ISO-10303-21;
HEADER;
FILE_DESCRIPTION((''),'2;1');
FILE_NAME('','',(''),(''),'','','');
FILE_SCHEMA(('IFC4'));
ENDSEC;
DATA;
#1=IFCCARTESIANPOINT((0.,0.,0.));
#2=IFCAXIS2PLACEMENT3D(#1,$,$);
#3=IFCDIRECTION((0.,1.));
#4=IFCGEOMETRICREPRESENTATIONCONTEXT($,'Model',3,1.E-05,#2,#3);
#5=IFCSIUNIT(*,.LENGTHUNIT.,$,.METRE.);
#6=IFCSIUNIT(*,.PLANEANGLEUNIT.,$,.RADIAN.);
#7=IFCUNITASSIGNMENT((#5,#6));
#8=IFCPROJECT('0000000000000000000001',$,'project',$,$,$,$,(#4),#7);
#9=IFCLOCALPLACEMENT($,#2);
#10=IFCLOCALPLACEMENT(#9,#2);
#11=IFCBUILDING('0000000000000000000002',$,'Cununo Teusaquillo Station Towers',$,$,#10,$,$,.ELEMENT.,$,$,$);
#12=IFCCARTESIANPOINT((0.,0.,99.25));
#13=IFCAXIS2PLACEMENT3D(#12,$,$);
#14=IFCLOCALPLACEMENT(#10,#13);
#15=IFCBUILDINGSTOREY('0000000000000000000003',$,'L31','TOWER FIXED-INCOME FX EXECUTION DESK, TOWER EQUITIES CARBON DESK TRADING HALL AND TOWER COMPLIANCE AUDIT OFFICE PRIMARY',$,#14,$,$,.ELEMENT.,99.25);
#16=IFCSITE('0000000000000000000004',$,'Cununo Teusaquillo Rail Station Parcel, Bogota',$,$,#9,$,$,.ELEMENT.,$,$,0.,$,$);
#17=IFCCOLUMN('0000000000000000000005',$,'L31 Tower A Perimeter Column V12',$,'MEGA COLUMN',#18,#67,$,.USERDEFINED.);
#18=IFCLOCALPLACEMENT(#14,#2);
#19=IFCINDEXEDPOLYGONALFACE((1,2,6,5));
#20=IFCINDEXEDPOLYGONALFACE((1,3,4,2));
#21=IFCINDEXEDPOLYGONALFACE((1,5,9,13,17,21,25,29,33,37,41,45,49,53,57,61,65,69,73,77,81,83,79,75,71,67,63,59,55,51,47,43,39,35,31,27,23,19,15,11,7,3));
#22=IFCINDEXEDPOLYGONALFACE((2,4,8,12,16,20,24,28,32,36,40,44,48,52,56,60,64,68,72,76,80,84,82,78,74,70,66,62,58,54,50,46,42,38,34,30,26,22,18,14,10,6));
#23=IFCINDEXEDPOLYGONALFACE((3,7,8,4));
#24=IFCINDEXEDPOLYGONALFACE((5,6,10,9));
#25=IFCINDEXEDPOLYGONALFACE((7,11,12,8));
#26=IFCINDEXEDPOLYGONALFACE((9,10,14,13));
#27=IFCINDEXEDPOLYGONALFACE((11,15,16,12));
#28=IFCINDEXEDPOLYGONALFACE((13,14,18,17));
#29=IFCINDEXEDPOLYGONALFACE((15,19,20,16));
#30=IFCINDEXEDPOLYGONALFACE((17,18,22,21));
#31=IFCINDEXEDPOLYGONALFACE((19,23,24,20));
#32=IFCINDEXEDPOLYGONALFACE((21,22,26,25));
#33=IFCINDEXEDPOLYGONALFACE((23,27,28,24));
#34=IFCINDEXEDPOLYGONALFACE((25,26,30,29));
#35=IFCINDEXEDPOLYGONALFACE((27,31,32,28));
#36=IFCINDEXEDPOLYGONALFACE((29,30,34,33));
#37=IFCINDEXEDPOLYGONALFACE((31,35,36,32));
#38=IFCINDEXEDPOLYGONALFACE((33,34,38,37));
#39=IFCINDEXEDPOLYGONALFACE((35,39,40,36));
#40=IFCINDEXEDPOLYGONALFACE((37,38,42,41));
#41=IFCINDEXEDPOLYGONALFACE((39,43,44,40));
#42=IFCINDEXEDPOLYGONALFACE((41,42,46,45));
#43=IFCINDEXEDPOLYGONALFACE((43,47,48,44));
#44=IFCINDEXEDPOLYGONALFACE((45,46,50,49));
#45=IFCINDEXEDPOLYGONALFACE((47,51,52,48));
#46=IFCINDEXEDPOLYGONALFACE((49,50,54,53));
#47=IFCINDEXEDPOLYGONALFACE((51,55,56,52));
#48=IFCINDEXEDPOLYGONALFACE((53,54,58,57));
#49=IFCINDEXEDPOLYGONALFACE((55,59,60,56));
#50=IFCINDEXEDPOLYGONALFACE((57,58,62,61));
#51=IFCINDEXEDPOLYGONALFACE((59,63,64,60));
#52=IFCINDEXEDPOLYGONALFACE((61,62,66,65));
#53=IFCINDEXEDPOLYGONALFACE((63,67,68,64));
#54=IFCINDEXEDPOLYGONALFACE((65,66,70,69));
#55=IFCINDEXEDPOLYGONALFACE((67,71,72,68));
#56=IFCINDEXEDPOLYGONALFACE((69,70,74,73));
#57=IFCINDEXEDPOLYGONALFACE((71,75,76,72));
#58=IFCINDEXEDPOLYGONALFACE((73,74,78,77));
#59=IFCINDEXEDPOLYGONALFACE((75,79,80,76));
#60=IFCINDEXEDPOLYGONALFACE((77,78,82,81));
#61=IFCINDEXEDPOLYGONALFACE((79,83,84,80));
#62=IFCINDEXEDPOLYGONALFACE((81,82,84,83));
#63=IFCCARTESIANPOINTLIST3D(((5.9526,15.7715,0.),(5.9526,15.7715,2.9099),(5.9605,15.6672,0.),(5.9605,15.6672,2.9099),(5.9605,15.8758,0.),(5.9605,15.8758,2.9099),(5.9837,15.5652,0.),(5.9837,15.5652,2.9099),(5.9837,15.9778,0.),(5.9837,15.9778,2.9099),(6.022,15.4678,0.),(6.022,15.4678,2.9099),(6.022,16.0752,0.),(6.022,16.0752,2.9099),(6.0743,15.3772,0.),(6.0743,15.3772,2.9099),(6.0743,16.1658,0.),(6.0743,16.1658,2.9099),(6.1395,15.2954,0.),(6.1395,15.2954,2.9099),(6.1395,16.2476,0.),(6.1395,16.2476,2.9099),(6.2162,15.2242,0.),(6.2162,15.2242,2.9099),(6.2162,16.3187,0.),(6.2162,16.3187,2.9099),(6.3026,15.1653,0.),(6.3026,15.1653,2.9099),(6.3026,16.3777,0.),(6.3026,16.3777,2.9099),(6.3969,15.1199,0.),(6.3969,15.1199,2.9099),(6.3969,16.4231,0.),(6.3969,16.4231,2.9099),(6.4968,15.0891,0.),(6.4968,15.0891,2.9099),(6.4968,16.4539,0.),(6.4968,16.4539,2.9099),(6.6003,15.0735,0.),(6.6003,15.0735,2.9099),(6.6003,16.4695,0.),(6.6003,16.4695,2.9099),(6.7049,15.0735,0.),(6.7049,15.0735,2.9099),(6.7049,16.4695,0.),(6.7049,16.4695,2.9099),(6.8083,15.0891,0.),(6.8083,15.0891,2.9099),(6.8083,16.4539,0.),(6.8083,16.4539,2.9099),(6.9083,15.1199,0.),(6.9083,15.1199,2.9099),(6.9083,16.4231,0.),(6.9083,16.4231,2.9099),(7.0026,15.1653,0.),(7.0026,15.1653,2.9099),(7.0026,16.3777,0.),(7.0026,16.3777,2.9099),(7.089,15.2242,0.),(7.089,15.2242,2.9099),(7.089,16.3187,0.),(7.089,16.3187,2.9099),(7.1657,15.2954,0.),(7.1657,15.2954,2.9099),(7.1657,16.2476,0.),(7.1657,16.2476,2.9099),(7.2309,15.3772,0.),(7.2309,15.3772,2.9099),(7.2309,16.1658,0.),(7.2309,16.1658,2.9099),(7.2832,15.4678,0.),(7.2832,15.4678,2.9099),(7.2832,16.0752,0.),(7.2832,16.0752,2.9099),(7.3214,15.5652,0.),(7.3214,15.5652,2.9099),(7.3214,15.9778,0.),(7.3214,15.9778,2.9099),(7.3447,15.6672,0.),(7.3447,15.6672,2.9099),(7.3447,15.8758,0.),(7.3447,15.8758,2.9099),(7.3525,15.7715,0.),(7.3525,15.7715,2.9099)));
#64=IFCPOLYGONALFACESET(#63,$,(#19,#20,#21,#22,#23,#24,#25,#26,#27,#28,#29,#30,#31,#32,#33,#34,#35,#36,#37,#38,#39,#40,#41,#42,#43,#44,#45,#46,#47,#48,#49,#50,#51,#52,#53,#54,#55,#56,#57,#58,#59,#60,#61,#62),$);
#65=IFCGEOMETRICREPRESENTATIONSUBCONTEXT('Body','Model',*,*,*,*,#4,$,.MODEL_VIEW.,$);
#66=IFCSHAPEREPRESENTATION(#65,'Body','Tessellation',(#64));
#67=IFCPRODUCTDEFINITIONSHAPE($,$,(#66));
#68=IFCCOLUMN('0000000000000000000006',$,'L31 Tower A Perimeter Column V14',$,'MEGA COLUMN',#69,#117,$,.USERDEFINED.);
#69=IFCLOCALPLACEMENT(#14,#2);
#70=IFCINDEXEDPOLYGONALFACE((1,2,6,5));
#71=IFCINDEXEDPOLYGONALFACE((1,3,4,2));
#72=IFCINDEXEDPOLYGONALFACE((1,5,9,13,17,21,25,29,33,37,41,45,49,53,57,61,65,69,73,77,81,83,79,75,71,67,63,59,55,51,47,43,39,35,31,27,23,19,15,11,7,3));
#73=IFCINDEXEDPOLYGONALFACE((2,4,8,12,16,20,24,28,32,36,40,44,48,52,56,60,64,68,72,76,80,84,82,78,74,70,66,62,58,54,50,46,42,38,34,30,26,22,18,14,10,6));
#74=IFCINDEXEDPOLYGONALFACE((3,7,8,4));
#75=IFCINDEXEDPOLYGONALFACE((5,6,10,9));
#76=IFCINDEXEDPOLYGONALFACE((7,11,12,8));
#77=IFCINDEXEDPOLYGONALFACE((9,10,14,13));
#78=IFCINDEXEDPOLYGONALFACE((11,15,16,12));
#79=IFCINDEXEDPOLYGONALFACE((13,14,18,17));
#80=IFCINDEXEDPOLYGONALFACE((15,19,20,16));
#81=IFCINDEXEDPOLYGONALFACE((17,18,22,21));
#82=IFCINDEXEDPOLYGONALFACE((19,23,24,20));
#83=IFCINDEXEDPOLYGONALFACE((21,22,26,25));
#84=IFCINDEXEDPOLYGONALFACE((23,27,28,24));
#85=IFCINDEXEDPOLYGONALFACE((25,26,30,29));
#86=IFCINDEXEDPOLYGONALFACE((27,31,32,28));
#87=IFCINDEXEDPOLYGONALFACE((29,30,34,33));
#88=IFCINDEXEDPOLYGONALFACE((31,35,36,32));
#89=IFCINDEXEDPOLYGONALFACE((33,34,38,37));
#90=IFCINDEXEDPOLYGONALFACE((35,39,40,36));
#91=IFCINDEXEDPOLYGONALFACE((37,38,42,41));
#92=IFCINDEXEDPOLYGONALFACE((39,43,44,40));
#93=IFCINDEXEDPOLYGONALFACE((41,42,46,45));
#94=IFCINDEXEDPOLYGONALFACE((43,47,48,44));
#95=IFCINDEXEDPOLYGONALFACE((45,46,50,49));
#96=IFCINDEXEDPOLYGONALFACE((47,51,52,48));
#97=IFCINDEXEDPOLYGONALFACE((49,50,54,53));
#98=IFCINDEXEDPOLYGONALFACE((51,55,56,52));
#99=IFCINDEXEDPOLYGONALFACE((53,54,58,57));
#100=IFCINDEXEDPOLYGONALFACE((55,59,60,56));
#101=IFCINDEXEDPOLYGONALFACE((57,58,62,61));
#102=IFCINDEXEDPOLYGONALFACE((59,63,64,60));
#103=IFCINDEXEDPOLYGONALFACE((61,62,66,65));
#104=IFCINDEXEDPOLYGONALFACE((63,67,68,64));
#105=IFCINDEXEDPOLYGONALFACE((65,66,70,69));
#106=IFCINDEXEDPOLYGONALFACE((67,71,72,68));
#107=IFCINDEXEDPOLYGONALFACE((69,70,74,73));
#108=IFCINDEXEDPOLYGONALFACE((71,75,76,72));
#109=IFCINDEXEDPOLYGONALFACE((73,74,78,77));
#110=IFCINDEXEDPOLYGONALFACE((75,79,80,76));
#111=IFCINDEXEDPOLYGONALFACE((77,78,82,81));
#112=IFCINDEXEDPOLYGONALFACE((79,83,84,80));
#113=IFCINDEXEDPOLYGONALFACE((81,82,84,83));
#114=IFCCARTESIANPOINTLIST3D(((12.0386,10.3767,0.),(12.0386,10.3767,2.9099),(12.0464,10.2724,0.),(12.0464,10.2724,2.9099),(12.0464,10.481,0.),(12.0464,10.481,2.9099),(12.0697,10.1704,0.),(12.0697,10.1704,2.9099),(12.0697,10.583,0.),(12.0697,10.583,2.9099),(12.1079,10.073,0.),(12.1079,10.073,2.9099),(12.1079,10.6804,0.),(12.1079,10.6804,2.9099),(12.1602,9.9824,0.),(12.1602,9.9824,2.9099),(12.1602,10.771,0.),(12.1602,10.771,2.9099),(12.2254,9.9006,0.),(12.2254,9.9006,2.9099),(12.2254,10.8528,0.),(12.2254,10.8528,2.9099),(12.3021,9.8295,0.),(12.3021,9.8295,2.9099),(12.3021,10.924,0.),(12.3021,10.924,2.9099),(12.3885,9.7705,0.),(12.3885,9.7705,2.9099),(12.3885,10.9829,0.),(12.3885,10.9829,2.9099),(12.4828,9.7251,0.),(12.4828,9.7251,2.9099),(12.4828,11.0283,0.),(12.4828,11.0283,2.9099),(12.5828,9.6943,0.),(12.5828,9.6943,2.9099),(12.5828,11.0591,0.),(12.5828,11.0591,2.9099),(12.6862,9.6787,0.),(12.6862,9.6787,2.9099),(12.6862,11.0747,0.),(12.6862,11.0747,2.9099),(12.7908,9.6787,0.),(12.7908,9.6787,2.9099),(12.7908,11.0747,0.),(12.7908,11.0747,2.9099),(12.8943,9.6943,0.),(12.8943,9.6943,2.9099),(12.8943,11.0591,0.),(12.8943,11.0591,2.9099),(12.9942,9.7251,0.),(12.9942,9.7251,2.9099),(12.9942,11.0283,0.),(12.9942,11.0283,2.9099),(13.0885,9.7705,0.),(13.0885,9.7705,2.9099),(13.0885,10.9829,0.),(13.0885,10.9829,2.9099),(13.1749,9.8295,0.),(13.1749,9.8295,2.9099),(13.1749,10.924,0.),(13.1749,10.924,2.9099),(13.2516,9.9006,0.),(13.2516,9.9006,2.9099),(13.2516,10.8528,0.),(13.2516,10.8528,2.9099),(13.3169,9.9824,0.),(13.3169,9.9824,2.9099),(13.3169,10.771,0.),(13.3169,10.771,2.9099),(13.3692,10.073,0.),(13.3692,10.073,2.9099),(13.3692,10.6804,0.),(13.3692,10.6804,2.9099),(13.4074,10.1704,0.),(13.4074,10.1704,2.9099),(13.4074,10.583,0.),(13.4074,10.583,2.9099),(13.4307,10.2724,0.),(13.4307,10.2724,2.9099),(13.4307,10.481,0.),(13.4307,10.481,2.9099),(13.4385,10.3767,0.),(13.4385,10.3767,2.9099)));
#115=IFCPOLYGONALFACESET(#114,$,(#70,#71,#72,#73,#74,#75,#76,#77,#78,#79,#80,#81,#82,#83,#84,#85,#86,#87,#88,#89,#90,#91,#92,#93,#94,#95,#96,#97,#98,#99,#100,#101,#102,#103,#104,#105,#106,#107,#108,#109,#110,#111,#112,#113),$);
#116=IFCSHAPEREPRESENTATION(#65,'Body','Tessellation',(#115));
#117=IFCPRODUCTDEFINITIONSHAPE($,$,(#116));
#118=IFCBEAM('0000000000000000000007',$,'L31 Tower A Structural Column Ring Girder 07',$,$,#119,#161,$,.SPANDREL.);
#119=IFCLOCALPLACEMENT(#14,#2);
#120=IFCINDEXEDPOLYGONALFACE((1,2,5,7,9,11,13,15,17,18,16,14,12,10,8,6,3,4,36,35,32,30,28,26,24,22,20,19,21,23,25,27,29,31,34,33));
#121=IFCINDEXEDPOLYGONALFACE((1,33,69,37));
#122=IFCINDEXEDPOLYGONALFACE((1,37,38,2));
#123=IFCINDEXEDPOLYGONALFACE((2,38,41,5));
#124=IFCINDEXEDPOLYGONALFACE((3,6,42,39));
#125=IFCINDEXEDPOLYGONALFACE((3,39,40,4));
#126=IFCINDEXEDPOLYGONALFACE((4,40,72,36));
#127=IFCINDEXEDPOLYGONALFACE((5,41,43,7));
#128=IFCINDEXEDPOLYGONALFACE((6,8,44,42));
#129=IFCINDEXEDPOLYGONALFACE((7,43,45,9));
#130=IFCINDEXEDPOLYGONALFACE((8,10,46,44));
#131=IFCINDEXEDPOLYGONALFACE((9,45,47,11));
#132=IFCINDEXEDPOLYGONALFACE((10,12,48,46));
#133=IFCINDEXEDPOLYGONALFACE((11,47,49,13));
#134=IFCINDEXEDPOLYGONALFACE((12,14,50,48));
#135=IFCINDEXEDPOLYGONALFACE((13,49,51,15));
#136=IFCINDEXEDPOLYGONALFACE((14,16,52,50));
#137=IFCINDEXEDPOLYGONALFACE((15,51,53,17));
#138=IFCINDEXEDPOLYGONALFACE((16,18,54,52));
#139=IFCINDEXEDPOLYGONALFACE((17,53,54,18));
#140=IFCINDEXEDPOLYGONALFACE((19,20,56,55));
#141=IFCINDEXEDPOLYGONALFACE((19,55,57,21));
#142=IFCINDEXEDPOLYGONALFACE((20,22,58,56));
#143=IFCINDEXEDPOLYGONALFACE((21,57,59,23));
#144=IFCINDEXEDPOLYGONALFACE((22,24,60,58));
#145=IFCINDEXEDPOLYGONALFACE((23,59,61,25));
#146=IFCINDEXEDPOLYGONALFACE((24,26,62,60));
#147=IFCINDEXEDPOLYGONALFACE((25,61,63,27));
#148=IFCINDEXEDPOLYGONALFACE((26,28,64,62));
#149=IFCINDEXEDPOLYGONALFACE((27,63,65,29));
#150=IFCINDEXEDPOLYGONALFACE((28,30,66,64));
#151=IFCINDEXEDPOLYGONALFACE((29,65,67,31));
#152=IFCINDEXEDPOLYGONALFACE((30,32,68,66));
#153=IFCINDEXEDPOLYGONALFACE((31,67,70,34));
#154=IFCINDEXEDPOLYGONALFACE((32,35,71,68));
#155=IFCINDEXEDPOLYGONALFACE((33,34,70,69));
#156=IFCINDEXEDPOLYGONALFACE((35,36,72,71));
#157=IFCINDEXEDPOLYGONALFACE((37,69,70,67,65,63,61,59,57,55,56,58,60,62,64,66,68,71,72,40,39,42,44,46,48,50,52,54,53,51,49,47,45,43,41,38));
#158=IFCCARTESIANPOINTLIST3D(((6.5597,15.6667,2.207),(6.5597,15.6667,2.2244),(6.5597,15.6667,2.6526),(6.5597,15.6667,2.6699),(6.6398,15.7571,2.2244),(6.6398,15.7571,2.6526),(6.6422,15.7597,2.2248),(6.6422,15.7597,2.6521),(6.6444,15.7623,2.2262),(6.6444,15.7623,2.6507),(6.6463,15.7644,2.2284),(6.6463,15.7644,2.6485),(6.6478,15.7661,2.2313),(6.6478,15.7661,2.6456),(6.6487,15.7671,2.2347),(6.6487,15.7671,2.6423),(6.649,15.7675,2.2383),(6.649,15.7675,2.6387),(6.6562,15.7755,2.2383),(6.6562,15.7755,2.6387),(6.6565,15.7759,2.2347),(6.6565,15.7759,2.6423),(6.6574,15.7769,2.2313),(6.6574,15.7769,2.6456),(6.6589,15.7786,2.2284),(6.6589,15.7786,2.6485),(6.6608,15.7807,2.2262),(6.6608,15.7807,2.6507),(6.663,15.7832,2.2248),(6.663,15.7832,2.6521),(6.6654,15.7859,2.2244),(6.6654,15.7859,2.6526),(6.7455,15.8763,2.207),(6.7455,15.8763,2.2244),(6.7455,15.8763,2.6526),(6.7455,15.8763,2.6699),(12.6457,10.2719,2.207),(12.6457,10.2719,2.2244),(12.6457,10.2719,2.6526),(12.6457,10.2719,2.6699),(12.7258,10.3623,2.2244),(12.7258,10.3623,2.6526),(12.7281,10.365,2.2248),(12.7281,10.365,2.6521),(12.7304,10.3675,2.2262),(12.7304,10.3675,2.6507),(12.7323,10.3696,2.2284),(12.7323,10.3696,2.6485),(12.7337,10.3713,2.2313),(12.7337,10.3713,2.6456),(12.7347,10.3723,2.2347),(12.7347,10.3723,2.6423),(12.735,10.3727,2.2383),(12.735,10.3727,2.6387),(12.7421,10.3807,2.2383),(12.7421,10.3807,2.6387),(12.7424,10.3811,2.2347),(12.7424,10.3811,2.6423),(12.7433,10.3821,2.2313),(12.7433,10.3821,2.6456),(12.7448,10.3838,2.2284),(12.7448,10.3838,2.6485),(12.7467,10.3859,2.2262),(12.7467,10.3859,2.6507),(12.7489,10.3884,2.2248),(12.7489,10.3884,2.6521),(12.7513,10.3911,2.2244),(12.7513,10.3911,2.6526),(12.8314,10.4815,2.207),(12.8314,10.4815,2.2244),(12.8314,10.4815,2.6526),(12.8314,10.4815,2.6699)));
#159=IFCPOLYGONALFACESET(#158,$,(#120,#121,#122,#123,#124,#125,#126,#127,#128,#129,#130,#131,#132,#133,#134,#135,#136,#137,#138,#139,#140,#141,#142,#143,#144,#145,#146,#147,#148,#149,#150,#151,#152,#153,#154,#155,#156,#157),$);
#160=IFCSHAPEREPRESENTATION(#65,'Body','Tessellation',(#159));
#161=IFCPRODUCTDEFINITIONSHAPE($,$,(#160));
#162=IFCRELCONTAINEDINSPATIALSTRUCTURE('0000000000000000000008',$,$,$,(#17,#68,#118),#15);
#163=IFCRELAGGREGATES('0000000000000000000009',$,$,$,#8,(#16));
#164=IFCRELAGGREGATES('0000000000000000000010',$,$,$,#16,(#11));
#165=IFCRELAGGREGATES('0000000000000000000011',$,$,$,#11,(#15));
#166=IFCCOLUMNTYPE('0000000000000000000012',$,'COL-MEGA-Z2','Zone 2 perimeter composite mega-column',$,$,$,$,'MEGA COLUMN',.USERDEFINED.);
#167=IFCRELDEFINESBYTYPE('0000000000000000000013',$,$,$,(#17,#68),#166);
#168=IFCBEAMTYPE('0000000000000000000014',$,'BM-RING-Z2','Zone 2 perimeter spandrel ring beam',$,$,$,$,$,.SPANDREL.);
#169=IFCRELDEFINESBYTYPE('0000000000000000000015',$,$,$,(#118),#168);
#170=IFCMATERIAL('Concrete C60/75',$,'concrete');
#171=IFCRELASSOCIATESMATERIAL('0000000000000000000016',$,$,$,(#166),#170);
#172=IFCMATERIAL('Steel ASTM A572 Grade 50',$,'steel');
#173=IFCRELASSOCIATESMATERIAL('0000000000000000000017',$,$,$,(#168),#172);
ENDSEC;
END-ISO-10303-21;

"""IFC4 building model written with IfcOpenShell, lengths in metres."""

from ifc_helpers import new_model, si_unit, direction, frame, origin, origin_2d, place, context, subcontext, project, spatial, circle, i_section, extrude, material, material_profile, profile_set, type_object, element, save


model = new_model("IFC4")

# Units and contexts
model_context = context("Model", 3, precision=1e-05, world=origin(), true_north=direction((0.0, 1.0)))
body_context = subcontext(model_context, "Body", "Model", "MODEL_VIEW")
ifc_project = project(units=[si_unit("LENGTHUNIT", "METRE"), si_unit("PLANEANGLEUNIT", "RADIAN")], contexts=[model_context])

# Site, building, storey
site_placement = place(None, origin())
site = spatial("IfcSite", under=ifc_project, at=site_placement, Name="Cununo Teusaquillo Rail Station Parcel, Bogota", CompositionType="ELEMENT", RefElevation=0.0)
building_placement = place(site_placement, origin())
building = spatial("IfcBuilding", under=site, at=building_placement, Name="Cununo Teusaquillo Station Towers", CompositionType="ELEMENT")
storey_placement = place(building_placement, frame((0.0, 0.0, 99.25)))
storey = spatial("IfcBuildingStorey", under=building, at=storey_placement, Name="L31", Description="TOWER FIXED-INCOME FX EXECUTION DESK, TOWER EQUITIES CARBON DESK TRADING HALL AND TOWER COMPLIANCE AUDIT OFFICE PRIMARY", CompositionType="ELEMENT", Elevation=99.25)

# Columns
ifc_material_1 = material(Name="Concrete C60/75", Category="concrete")
ifc_material_profile_1 = material_profile(ifc_material_1, circle(Radius=0.7, at=origin_2d()), Name="RC-CIRC-1400")
ifc_profile_set_1 = profile_set([ifc_material_profile_1], Name="Concrete C60/75")
column_type = type_object("IfcColumnType", Name="COL-MEGA-Z2", Description="Zone 2 perimeter composite mega-column", ElementType="MEGA COLUMN", PredefinedType="USERDEFINED", material=ifc_profile_set_1)
for number, where, z_axis, x_axis, name in (
    (1, (6.6526, 15.7715, 0.0), (0.0, 0.0, 1.0), (1.0, 0.0, 0.0), "L31 Tower A Perimeter Column V12"),
    (2, (12.7385, 10.3767, 0.0), (0.0, 0.0, 1.0), (1.0, 0.0, 0.0), "L31 Tower A Perimeter Column V14"),
):
    element("IfcColumn", number, at=place(storey_placement, frame(where, z_axis=z_axis, x_axis=x_axis)), inside=storey, type_object=column_type, Name=name, ObjectType="MEGA COLUMN", PredefinedType="USERDEFINED", context=body_context, shape_type="SweptSolid", body=[
        extrude(circle(Radius=0.7, at=origin_2d()), origin(), (0.0, 0.0, 1.0), 2.9099),
    ])

# Beam
ifc_material_2 = material(Name="Steel ASTM A572 Grade 50", Category="steel")
ifc_material_profile_2 = material_profile(ifc_material_2, i_section(OverallWidth=0.28, OverallDepth=0.4629, WebThickness=0.0107, FlangeThickness=0.0173, FilletRadius=0.0139, at=origin_2d()), Name="W18X76")
ifc_profile_set_2 = profile_set([ifc_material_profile_2], Name="Steel ASTM A572 Grade 50")
beam_type_1 = type_object("IfcBeamType", Name="BM-RING-Z2", Description="Zone 2 perimeter spandrel ring beam", PredefinedType="SPANDREL", material=ifc_profile_set_2)
beam_1_placement = place(storey_placement, frame((6.6526, 15.7715, 2.4385), z_axis=(0.748321, -0.663337, 0.0), x_axis=(0.663337, 0.748321, 0.0)))
element("IfcBeam", 3, at=beam_1_placement, inside=storey, type_object=beam_type_1, Name="L31 Tower A Structural Column Ring Girder 07", PredefinedType="SPANDREL", context=body_context, shape_type="SweptSolid", body=[
    extrude(i_section(OverallWidth=0.28, OverallDepth=0.4629, WebThickness=0.0107, FlangeThickness=0.0173, FilletRadius=0.0139, at=origin_2d()), origin(), (0.0, 0.0, 1.0), 8.1328),
])

save(model, "model.ifc")
